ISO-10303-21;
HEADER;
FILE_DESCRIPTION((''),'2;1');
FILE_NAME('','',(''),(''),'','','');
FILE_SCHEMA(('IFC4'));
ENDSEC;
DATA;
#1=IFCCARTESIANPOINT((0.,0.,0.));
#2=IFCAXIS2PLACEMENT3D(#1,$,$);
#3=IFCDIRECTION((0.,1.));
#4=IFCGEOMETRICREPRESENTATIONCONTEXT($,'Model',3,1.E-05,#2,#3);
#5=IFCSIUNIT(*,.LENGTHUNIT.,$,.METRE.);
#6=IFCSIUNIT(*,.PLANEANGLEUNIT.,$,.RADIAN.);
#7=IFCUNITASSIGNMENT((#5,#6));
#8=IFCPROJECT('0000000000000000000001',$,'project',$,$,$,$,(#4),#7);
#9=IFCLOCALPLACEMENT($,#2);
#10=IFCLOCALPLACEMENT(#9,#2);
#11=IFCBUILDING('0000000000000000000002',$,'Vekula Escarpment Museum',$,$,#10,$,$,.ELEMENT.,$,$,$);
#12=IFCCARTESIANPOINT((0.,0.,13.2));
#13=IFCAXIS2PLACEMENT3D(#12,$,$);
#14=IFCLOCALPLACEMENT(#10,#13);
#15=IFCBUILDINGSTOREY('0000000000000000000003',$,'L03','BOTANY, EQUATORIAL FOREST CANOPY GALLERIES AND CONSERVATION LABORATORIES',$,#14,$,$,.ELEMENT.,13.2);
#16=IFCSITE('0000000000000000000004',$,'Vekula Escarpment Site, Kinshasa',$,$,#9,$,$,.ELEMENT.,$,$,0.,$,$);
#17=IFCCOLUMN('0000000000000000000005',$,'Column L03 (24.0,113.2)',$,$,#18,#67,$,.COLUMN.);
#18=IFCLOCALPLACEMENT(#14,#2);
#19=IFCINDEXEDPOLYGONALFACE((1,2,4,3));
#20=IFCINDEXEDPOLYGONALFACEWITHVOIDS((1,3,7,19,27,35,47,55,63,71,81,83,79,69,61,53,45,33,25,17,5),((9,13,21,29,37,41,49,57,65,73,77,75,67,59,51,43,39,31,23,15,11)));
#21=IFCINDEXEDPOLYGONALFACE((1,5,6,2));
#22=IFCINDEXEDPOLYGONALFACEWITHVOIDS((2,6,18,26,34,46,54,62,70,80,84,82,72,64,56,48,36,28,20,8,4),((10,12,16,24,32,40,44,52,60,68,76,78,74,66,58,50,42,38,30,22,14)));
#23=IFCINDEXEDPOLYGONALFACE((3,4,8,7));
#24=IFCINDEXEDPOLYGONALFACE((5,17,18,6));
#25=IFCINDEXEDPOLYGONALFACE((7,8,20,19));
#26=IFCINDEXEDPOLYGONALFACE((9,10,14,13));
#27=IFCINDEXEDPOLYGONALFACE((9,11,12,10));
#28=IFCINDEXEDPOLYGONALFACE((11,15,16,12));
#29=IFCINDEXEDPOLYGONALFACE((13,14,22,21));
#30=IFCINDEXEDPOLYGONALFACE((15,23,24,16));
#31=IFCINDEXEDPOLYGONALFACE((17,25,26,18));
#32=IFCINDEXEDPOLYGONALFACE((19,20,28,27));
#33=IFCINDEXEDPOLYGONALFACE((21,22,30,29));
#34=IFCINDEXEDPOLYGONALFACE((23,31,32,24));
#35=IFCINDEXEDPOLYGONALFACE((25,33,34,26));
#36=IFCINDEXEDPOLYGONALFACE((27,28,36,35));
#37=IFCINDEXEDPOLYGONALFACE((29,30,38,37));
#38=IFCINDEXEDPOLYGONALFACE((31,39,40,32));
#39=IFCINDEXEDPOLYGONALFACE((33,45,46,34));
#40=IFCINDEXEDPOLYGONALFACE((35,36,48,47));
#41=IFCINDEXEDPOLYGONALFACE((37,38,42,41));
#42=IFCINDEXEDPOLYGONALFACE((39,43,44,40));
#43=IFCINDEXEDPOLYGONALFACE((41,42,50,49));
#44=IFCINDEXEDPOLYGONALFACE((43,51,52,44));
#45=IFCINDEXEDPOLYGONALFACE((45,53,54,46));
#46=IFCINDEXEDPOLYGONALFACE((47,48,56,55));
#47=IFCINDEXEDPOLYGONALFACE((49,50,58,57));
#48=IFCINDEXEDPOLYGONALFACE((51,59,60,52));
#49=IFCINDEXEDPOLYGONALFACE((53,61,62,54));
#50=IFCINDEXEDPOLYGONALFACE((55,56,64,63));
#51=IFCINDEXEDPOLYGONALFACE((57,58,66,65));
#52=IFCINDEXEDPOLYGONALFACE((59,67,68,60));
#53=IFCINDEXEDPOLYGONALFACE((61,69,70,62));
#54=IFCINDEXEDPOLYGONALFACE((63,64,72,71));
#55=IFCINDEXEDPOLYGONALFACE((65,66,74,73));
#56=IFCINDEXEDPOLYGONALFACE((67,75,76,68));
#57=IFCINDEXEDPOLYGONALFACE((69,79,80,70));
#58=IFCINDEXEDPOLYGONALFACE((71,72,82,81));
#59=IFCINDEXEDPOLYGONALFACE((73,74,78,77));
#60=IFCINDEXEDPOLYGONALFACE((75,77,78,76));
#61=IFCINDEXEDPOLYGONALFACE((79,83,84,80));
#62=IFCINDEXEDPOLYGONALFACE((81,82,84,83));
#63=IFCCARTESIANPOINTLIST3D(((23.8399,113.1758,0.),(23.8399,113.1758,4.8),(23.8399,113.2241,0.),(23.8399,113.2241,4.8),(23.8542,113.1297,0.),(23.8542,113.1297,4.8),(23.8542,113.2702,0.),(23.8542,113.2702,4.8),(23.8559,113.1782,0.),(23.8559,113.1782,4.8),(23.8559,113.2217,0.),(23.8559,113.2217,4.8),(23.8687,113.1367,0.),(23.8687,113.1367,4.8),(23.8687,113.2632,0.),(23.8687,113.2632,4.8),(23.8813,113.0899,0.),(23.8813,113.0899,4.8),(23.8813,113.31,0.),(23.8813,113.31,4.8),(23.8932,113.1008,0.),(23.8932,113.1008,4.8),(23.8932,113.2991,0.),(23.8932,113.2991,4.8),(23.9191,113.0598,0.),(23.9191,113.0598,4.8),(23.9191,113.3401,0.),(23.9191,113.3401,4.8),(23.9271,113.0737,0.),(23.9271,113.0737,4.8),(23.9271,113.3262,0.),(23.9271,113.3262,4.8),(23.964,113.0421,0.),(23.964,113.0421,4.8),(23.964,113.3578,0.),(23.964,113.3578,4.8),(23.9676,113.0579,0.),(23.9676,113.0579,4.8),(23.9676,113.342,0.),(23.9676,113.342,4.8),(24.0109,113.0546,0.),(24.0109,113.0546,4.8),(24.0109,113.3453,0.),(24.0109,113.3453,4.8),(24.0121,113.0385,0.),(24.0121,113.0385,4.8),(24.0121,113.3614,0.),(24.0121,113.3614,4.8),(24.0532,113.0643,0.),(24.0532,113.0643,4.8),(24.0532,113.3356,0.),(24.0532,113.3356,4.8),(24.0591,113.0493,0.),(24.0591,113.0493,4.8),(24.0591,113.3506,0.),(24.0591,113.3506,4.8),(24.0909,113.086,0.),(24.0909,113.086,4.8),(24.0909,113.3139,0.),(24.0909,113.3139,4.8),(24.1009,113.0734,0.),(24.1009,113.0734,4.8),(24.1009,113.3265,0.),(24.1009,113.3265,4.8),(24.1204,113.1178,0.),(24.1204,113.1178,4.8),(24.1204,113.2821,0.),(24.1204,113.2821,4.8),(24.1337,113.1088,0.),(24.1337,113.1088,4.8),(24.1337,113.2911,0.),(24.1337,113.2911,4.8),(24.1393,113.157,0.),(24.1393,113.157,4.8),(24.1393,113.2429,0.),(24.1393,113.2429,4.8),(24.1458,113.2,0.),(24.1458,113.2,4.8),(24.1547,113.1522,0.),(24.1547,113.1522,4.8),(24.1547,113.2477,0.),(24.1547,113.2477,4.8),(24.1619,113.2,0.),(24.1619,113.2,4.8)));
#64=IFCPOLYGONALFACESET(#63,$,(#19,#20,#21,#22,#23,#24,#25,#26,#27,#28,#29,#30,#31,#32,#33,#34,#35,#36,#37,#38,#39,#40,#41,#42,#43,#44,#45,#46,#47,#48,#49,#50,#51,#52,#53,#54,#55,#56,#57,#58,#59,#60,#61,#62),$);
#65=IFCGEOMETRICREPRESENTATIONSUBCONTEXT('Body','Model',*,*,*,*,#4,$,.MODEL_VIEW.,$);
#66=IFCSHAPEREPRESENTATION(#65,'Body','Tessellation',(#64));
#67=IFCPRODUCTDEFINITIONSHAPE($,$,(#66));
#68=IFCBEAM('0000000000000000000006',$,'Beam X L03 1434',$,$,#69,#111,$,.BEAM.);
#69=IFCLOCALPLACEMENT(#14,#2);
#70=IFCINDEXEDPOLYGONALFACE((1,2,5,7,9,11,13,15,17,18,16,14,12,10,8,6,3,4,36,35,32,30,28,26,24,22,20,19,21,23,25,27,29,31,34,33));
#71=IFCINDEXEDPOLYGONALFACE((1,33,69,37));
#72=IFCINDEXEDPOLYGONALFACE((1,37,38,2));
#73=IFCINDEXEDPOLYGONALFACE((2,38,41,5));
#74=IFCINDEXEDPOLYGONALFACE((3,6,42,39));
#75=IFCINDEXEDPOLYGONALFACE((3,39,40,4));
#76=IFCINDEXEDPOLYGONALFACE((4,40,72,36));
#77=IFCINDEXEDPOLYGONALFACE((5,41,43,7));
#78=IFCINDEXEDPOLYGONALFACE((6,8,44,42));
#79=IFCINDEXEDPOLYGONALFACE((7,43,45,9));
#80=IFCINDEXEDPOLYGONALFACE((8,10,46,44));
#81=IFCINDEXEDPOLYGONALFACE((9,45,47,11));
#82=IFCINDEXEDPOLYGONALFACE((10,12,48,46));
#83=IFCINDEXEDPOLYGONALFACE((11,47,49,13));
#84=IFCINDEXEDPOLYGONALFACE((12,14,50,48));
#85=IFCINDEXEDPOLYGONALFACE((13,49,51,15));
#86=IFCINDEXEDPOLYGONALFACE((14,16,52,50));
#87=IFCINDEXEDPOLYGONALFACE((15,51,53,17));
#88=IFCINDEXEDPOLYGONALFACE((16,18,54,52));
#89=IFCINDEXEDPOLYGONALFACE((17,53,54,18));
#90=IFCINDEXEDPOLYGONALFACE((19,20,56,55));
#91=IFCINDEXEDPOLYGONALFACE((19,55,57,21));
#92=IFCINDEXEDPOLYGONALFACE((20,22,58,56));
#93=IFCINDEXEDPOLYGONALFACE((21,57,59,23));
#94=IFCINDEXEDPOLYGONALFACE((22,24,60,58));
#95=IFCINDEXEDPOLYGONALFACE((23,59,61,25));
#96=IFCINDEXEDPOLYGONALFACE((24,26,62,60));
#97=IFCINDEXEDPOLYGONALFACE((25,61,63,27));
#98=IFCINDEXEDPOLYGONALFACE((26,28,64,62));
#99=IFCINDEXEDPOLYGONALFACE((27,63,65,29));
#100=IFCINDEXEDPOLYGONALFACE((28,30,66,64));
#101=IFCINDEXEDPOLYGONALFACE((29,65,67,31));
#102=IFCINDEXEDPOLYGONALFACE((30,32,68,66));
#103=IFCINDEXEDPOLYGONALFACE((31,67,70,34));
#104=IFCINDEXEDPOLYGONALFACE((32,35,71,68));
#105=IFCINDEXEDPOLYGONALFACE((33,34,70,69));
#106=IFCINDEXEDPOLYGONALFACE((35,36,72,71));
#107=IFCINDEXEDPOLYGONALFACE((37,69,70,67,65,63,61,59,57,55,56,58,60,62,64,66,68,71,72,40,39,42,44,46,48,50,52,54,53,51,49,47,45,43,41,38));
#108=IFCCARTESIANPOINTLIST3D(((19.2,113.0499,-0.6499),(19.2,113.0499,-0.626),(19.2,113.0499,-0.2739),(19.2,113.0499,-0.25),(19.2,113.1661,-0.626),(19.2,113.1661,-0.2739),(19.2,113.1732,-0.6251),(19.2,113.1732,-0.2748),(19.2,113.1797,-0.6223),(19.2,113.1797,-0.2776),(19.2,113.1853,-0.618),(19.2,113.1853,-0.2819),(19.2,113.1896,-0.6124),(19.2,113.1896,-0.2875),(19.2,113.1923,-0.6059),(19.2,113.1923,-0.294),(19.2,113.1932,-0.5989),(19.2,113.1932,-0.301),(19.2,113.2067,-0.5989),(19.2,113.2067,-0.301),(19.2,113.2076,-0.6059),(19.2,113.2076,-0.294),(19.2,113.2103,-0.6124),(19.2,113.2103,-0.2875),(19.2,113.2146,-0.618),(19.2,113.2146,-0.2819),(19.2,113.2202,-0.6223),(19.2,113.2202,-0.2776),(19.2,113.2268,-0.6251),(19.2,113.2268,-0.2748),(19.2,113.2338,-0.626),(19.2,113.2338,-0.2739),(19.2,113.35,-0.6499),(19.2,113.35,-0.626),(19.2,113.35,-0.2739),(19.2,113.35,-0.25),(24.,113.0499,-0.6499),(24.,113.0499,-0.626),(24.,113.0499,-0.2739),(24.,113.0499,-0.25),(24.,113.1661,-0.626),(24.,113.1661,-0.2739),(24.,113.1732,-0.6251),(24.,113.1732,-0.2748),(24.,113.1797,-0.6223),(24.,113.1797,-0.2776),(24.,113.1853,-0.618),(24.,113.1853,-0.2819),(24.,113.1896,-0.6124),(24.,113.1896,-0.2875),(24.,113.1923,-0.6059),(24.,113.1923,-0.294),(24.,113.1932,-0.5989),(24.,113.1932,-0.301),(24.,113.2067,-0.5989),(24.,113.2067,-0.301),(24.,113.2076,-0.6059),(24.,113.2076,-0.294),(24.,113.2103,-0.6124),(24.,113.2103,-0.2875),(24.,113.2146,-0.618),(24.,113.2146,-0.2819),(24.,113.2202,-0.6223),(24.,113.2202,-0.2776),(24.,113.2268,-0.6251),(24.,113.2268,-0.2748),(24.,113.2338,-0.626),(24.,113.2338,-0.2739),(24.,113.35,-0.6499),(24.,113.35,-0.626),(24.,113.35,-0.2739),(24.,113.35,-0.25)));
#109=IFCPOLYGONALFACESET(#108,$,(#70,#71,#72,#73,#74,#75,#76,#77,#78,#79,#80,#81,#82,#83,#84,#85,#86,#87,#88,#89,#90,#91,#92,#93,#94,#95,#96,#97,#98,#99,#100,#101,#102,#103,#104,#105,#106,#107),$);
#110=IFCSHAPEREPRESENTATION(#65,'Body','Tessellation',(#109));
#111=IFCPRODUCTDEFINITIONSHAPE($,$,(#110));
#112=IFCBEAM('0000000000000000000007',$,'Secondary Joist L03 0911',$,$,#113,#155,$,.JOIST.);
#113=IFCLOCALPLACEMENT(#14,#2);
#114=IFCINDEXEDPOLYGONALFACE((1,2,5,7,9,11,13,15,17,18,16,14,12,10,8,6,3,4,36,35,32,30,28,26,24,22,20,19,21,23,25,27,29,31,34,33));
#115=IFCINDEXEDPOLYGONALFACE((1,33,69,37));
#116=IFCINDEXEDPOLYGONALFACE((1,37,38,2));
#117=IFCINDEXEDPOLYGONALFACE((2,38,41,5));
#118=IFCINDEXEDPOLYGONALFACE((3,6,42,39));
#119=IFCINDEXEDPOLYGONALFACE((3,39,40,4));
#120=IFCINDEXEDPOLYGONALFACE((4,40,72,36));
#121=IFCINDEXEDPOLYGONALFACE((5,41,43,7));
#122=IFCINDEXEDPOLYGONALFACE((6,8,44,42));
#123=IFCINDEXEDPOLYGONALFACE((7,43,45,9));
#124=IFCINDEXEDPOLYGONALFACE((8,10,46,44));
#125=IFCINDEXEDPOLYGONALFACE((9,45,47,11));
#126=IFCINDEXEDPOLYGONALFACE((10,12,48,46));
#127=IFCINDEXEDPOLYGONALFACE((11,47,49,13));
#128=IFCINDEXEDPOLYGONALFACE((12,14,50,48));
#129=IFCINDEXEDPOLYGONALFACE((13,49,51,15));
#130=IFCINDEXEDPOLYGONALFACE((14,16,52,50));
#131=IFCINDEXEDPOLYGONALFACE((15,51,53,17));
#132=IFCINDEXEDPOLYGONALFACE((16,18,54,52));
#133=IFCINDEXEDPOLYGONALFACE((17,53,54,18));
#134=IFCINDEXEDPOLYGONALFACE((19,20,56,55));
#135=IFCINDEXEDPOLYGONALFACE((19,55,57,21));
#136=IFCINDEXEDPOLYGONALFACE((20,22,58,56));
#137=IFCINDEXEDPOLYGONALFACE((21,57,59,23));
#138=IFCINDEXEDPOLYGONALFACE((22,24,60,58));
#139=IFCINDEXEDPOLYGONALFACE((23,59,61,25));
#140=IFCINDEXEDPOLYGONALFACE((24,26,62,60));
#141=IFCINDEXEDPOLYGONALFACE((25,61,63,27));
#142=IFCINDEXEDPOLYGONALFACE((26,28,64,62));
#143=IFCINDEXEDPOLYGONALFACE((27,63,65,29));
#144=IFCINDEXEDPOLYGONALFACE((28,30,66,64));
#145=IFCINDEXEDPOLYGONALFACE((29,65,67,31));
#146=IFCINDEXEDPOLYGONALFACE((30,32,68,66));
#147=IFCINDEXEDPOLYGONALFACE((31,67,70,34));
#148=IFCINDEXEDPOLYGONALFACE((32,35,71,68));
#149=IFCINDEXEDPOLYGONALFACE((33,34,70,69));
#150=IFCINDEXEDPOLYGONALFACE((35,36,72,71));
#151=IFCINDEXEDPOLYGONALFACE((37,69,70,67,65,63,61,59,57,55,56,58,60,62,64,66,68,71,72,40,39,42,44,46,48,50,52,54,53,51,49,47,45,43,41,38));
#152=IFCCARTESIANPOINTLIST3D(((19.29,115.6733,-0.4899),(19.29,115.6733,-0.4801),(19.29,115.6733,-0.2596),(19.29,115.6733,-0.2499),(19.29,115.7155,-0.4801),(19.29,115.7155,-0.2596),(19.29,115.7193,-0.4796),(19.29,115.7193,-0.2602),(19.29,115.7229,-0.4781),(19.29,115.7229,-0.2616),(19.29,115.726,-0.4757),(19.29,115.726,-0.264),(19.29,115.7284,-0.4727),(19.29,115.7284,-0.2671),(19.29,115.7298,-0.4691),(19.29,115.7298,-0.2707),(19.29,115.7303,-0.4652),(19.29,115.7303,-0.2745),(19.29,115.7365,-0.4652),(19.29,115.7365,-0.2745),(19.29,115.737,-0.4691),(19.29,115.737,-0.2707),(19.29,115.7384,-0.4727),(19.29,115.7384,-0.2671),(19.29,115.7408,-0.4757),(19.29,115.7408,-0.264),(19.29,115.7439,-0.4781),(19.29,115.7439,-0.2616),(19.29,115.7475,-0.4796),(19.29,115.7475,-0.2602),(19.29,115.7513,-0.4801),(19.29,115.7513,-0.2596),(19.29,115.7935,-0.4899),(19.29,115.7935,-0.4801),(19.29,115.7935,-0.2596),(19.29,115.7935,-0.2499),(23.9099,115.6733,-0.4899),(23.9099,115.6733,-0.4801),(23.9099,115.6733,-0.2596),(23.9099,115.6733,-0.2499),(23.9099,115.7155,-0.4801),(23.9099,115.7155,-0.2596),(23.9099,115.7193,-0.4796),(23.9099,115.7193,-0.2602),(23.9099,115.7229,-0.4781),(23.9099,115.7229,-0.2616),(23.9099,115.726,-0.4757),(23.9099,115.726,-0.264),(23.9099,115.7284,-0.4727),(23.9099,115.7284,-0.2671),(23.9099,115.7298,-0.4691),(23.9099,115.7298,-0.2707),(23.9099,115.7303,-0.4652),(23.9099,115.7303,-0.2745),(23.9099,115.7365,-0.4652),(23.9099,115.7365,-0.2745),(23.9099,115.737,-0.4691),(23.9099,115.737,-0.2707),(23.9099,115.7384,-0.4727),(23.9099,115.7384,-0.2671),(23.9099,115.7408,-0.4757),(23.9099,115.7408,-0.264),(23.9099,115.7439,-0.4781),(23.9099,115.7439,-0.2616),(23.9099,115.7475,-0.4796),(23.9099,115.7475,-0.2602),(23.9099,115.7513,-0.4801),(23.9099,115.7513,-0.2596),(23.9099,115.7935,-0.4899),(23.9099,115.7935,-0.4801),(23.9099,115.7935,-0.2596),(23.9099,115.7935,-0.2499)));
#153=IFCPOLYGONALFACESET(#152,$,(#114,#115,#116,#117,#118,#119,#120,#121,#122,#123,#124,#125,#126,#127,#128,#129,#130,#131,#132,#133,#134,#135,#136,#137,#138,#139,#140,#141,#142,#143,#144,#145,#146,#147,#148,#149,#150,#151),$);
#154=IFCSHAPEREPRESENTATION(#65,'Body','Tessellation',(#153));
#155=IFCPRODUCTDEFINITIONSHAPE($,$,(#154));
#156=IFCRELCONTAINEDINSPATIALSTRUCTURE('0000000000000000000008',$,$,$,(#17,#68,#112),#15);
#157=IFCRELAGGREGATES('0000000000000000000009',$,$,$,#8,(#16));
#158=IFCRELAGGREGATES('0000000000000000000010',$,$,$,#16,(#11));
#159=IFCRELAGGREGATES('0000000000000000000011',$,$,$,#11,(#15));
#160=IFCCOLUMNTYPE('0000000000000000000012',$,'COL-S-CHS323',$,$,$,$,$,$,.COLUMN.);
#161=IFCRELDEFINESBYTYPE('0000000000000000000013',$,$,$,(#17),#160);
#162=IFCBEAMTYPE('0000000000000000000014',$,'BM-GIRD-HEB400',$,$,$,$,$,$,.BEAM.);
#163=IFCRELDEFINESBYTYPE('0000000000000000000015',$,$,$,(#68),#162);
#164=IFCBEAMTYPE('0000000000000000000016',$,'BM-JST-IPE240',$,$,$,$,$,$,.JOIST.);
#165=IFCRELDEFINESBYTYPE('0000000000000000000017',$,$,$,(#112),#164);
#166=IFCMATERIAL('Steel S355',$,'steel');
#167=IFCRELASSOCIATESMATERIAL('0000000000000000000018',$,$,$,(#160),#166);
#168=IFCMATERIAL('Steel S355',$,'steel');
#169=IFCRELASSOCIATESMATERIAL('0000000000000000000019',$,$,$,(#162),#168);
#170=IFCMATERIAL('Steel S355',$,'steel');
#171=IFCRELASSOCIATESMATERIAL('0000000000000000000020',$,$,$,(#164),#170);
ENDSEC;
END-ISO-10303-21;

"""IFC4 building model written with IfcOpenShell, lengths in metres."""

from ifc_helpers import new_model, si_unit, direction, frame, origin, origin_2d, place, context, subcontext, project, spatial, hollow_circle, i_section, extrude, material, material_profile, profile_set, type_object, element, save


model = new_model("IFC4")

# Units and contexts
model_context = context("Model", 3, precision=1e-05, world=origin(), true_north=direction((0.0, 1.0)))
body_context = subcontext(model_context, "Body", "Model", "MODEL_VIEW")
ifc_project = project(units=[si_unit("LENGTHUNIT", "METRE"), si_unit("PLANEANGLEUNIT", "RADIAN")], contexts=[model_context])

# Site, building, storey
site_placement = place(None, origin())
site = spatial("IfcSite", under=ifc_project, at=site_placement, Name="Vekula Escarpment Site, Kinshasa", CompositionType="ELEMENT", RefElevation=0.0)
building_placement = place(site_placement, origin())
building = spatial("IfcBuilding", under=site, at=building_placement, Name="Vekula Escarpment Museum", CompositionType="ELEMENT")
storey_placement = place(building_placement, frame((0.0, 0.0, 13.2)))
storey = spatial("IfcBuildingStorey", under=building, at=storey_placement, Name="L03", Description="BOTANY, EQUATORIAL FOREST CANOPY GALLERIES AND CONSERVATION LABORATORIES", CompositionType="ELEMENT", Elevation=13.2)

# Column
ifc_material_1 = material(Name="Steel S355", Category="steel")
ifc_material_profile_1 = material_profile(ifc_material_1, hollow_circle(Radius=0.1619, WallThickness=0.0161, at=origin_2d()), Name="CHS 323.9x16")
ifc_profile_set_1 = profile_set([ifc_material_profile_1], Name="Steel S355")
column_type = type_object("IfcColumnType", Name="COL-S-CHS323", PredefinedType="COLUMN", material=ifc_profile_set_1)
column_placement = place(storey_placement, frame((24.0, 113.2, 0.0), z_axis=(0.0, 0.0, 1.0), x_axis=(1.0, 0.0, 0.0)))
element("IfcColumn", 1, at=column_placement, inside=storey, type_object=column_type, Name="Column L03 (24.0,113.2)", PredefinedType="COLUMN", context=body_context, shape_type="SweptSolid", body=[
    extrude(hollow_circle(Radius=0.1619, WallThickness=0.0161, at=origin_2d()), origin(), (0.0, 0.0, 1.0), 4.8),
])

# Beams
ifc_material_2 = material(Name="Steel S355", Category="steel")
ifc_material_profile_2 = material_profile(ifc_material_2, i_section(OverallWidth=0.3, OverallDepth=0.3999, WebThickness=0.0134, FlangeThickness=0.0239, FilletRadius=0.0271, at=origin_2d()), Name="HEB 400")
ifc_profile_set_2 = profile_set([ifc_material_profile_2], Name="Steel S355")
beam_type_1 = type_object("IfcBeamType", Name="BM-GIRD-HEB400", PredefinedType="BEAM", material=ifc_profile_set_2)
beam_1_placement = place(storey_placement, frame((19.2, 113.2, -0.45), z_axis=(1.0, 0.0, 0.0), x_axis=(0.0, 1.0, 0.0)))
element("IfcBeam", 2, at=beam_1_placement, inside=storey, type_object=beam_type_1, Name="Beam X L03 1434", PredefinedType="BEAM", context=body_context, shape_type="SweptSolid", body=[
    extrude(i_section(OverallWidth=0.3, OverallDepth=0.3999, WebThickness=0.0134, FlangeThickness=0.0239, FilletRadius=0.0271, at=origin_2d()), origin(), (0.0, 0.0, 1.0), 4.8),
])
ifc_material_3 = material(Name="Steel S355", Category="steel")
ifc_material_profile_3 = material_profile(ifc_material_3, i_section(OverallWidth=0.1201, OverallDepth=0.24, WebThickness=0.0061, FlangeThickness=0.0098, FilletRadius=0.0149, at=origin_2d()), Name="IPE 240")
ifc_profile_set_3 = profile_set([ifc_material_profile_3], Name="Steel S355")
beam_type_2 = type_object("IfcBeamType", Name="BM-JST-IPE240", PredefinedType="JOIST", material=ifc_profile_set_3)
beam_2_placement = place(storey_placement, frame((19.29, 115.7334, -0.3699), z_axis=(1.0, 0.0, 0.0), x_axis=(0.0, 1.0, 0.0)))
element("IfcBeam", 3, at=beam_2_placement, inside=storey, type_object=beam_type_2, Name="Secondary Joist L03 0911", PredefinedType="JOIST", context=body_context, shape_type="SweptSolid", body=[
    extrude(i_section(OverallWidth=0.1201, OverallDepth=0.24, WebThickness=0.0061, FlangeThickness=0.0098, FilletRadius=0.0149, at=origin_2d()), origin(), (0.0, 0.0, 1.0), 4.6199),
])

save(model, "model.ifc")
